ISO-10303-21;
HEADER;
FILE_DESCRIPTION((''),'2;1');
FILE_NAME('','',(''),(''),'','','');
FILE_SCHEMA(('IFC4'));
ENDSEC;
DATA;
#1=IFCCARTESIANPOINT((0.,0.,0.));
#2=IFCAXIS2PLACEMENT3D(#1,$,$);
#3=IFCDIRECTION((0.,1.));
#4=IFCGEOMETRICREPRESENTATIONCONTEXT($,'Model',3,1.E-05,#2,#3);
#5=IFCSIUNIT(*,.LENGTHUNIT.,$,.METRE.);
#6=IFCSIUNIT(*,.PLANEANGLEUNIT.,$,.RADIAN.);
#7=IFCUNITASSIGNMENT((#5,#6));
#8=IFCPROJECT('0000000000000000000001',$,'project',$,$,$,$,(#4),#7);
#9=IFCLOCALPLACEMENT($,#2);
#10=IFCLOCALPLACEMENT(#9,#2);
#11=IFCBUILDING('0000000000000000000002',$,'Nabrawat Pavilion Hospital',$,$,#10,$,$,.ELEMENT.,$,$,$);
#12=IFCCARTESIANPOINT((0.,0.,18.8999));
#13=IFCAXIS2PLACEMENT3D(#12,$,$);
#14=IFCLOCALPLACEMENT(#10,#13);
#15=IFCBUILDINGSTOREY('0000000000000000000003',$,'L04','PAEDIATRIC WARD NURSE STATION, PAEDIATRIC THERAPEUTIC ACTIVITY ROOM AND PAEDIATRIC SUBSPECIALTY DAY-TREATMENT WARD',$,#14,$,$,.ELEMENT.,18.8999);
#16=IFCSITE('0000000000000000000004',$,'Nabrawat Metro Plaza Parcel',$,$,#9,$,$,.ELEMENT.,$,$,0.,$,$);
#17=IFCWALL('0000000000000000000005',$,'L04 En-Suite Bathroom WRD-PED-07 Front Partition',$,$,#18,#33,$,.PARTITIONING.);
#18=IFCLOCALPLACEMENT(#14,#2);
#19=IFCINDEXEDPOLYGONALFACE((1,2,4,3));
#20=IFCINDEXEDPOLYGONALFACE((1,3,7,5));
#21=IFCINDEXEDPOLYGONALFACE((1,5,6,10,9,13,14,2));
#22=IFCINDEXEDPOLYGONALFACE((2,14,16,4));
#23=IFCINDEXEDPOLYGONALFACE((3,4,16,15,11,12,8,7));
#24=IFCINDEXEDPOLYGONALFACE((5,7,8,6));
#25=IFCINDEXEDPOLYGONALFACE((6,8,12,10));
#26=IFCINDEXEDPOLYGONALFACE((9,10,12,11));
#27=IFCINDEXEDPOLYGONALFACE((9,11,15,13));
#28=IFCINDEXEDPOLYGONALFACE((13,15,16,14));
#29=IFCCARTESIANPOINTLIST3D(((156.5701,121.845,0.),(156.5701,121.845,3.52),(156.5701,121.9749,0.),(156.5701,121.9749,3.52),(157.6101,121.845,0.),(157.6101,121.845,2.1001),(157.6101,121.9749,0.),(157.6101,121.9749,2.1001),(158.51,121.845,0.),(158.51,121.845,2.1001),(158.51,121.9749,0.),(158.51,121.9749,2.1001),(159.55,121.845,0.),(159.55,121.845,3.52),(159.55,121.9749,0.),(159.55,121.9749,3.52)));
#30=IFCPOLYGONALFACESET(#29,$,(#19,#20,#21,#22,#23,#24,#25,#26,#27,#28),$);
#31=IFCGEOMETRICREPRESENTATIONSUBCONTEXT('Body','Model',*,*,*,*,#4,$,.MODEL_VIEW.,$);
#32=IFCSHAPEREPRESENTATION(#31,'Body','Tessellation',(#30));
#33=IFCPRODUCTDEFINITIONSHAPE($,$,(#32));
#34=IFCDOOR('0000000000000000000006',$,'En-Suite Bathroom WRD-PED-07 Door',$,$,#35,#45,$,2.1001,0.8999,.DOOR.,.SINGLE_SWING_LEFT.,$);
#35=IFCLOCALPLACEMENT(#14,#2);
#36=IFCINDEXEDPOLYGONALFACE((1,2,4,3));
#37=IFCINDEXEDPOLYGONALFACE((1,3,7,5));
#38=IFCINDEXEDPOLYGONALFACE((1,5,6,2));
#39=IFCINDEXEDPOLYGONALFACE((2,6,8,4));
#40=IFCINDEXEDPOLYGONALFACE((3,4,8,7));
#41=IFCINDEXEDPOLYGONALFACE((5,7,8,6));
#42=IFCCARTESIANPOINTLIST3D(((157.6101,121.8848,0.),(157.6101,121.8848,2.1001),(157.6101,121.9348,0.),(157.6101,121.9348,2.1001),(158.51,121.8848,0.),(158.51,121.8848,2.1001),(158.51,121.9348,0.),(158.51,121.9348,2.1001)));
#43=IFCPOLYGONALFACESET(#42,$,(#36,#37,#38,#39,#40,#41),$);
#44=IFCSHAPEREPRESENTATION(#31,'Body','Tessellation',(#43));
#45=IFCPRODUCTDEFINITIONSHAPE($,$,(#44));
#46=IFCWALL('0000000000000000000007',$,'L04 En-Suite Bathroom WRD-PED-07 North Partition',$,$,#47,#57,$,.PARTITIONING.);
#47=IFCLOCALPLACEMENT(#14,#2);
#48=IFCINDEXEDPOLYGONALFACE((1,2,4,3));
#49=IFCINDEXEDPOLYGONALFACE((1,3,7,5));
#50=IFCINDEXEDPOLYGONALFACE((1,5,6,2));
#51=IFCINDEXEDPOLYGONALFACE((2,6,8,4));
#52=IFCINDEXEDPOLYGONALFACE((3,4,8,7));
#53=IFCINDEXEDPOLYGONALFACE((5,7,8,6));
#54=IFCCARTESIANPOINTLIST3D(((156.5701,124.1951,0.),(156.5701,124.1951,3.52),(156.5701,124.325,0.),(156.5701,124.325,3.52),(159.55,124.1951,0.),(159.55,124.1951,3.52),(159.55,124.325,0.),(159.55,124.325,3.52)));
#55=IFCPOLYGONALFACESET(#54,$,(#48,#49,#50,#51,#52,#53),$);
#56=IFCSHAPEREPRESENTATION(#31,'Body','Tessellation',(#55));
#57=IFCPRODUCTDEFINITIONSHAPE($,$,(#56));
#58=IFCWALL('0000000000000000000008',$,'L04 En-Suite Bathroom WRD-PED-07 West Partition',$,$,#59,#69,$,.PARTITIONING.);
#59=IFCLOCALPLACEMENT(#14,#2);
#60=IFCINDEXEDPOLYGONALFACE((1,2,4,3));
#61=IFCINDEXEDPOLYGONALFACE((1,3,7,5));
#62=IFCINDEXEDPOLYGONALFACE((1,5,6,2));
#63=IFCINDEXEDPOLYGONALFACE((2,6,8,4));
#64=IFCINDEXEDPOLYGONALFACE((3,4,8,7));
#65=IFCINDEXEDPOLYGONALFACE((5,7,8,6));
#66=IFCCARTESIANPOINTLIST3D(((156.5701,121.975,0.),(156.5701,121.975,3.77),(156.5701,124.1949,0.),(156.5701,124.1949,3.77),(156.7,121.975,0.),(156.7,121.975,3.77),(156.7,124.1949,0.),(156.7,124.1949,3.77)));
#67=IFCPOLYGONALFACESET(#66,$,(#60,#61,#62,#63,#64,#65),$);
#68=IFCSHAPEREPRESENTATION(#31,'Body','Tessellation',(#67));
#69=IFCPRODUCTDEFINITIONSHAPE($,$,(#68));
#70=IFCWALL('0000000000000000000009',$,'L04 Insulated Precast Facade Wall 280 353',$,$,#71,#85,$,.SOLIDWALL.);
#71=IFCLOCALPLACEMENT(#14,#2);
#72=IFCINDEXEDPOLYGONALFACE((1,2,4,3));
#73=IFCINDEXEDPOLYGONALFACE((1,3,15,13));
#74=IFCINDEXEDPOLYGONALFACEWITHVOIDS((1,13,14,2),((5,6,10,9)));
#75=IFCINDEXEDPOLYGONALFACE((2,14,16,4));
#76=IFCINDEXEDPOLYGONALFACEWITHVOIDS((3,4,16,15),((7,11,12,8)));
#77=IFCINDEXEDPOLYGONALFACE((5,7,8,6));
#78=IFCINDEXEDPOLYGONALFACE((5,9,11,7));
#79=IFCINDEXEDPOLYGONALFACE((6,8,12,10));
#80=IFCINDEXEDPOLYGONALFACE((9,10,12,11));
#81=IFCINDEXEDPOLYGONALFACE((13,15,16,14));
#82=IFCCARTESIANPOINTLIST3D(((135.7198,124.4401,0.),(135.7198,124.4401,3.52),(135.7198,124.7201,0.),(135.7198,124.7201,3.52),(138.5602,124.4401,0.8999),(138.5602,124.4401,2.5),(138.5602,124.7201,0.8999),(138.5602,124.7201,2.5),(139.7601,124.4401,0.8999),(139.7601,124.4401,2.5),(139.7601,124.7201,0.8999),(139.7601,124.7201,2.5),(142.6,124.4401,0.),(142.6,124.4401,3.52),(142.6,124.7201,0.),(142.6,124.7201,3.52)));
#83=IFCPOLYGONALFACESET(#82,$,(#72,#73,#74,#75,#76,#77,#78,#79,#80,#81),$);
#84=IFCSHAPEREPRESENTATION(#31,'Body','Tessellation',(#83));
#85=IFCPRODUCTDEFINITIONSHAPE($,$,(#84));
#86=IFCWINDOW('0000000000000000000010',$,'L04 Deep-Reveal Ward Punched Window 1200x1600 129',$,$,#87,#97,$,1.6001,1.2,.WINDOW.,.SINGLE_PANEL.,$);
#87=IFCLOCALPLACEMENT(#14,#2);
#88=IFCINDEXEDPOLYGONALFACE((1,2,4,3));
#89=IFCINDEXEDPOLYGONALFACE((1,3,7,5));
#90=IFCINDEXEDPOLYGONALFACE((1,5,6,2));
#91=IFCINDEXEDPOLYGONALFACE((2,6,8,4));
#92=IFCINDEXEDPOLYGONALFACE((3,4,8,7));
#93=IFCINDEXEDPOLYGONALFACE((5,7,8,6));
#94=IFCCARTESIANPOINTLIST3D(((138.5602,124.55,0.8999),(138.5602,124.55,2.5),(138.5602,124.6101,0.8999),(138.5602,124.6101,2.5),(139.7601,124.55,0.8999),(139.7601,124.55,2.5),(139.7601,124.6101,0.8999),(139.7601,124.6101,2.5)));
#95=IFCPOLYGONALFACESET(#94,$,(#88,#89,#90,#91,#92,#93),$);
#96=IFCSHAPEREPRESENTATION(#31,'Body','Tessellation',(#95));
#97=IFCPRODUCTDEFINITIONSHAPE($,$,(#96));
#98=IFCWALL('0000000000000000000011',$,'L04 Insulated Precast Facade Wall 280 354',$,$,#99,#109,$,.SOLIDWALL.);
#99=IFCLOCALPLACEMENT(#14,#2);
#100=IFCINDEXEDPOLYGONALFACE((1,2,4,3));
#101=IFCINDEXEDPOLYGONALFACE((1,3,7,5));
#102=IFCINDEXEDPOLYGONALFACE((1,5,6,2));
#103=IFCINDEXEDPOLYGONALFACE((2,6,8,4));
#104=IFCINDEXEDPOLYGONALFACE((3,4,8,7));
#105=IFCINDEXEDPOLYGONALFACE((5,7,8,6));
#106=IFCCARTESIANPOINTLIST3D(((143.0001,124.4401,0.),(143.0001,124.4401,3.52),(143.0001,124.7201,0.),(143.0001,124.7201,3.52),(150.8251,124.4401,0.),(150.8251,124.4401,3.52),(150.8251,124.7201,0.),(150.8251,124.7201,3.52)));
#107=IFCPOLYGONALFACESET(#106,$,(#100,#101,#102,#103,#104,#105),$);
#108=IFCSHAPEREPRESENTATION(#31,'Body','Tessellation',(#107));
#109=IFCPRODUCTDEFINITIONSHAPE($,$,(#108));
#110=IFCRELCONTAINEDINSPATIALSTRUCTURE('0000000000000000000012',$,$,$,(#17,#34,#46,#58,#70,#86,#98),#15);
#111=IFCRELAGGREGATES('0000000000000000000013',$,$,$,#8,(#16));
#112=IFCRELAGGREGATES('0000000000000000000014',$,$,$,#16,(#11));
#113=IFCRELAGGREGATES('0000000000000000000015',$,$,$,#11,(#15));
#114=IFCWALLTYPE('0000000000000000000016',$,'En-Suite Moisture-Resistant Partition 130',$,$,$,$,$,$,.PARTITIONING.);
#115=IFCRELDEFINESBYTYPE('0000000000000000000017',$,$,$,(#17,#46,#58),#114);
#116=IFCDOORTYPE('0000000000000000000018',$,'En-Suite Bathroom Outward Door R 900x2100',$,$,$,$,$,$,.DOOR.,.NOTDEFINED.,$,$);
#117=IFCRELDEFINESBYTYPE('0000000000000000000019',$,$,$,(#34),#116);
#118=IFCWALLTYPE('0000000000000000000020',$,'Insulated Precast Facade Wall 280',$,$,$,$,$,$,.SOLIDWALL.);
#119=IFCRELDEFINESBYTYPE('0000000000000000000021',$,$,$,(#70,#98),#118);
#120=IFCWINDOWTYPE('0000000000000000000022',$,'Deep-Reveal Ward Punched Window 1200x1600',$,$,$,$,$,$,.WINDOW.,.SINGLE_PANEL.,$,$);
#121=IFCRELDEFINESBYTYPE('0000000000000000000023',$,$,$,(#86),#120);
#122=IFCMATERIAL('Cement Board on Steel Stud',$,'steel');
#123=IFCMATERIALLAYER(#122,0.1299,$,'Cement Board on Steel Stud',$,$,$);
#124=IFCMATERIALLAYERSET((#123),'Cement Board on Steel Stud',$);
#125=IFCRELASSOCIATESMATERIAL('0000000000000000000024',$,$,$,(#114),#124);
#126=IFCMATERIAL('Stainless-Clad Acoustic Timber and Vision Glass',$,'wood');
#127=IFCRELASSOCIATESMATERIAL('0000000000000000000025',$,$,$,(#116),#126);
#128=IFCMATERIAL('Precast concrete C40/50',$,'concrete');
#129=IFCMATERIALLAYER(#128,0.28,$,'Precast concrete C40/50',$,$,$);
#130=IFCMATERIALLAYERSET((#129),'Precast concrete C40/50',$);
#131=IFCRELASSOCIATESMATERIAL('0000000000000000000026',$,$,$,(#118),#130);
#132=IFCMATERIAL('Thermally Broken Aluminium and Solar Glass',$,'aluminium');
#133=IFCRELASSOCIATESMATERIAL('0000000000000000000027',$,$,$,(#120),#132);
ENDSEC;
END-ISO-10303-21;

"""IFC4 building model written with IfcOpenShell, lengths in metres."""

from ifc_helpers import new_model, si_unit, direction, frame, frame_2d, origin, place, context, subcontext, project, spatial, rectangle, extrude, material, layer, layer_set, type_object, element, fill, save


model = new_model("IFC4")

# Units and contexts
model_context = context("Model", 3, precision=1e-05, world=origin(), true_north=direction((0.0, 1.0)))
body_context = subcontext(model_context, "Body", "Model", "MODEL_VIEW")
ifc_project = project(units=[si_unit("LENGTHUNIT", "METRE"), si_unit("PLANEANGLEUNIT", "RADIAN")], contexts=[model_context])

# Site, building, storey
site_placement = place(None, origin())
site = spatial("IfcSite", under=ifc_project, at=site_placement, Name="Nabrawat Metro Plaza Parcel", CompositionType="ELEMENT", RefElevation=0.0)
building_placement = place(site_placement, origin())
building = spatial("IfcBuilding", under=site, at=building_placement, Name="Nabrawat Pavilion Hospital", CompositionType="ELEMENT")
storey_placement = place(building_placement, frame((0.0, 0.0, 18.8999)))
storey = spatial("IfcBuildingStorey", under=building, at=storey_placement, Name="L04", Description="PAEDIATRIC WARD NURSE STATION, PAEDIATRIC THERAPEUTIC ACTIVITY ROOM AND PAEDIATRIC SUBSPECIALTY DAY-TREATMENT WARD", CompositionType="ELEMENT", Elevation=18.8999)

# Wall, opening, door
ifc_material_1 = material(Name="Cement Board on Steel Stud", Category="steel")
ifc_layer_1 = layer(ifc_material_1, 0.1299, Name="Cement Board on Steel Stud")
ifc_layer_set_1 = layer_set([ifc_layer_1], Name="Cement Board on Steel Stud")
wall_type_1 = type_object("IfcWallType", Name="En-Suite Moisture-Resistant Partition 130", PredefinedType="PARTITIONING", material=ifc_layer_set_1)
wall_1_placement = place(storey_placement, frame((156.5701, 121.9099, 0.0), z_axis=(0.0, 0.0, 1.0), x_axis=(1.0, 0.0, 0.0)))
wall_1 = element("IfcWall", 1, at=wall_1_placement, inside=storey, type_object=wall_type_1, Name="L04 En-Suite Bathroom WRD-PED-07 Front Partition", PredefinedType="PARTITIONING", context=body_context, shape_type="SweptSolid", body=[
    extrude(rectangle(XDim=2.98, YDim=0.1299, at=frame_2d((1.49, 0.0))), origin(), (0.0, 0.0, 1.0), 3.52),
])
opening_1_placement = place(wall_1_placement, frame((1.04, 0.0, 0.0)))
opening_1 = element("IfcOpeningElement", 2, at=opening_1_placement, cuts=wall_1, PredefinedType="OPENING", context=body_context, shape_type="SweptSolid", body=[
    extrude(rectangle(XDim=0.8999, YDim=2.1001, at=frame_2d((0.45, 1.05))), frame((0.0, 0.075, 0.0), z_axis=(0.0, -1.0, 0.0), x_axis=(1.0, 0.0, 0.0)), (0.0, 0.0, 1.0), 0.1499),
])
ifc_material_2 = material(Name="Stainless-Clad Acoustic Timber and Vision Glass", Category="wood")
door_type = type_object("IfcDoorType", Name="En-Suite Bathroom Outward Door R 900x2100", OperationType="NOTDEFINED", PredefinedType="DOOR", material=ifc_material_2)
door_placement = place(opening_1_placement, origin())
door = element("IfcDoor", 3, at=door_placement, inside=storey, type_object=door_type, Name="En-Suite Bathroom WRD-PED-07 Door", OperationType="SINGLE_SWING_LEFT", OverallHeight=2.1001, OverallWidth=0.8999, PredefinedType="DOOR", context=body_context, shape_type="SweptSolid", body=[
    extrude(rectangle(XDim=0.8999, YDim=2.1001, at=frame_2d((0.45, 1.05))), frame((0.0, 0.0249, 0.0), z_axis=(0.0, -1.0, 0.0), x_axis=(1.0, 0.0, 0.0)), (0.0, 0.0, 1.0), 0.05),
])
fill(opening_1, door)

# Walls
wall_2_placement = place(storey_placement, frame((156.5701, 124.26, 0.0), z_axis=(0.0, 0.0, 1.0), x_axis=(1.0, 0.0, 0.0)))
element("IfcWall", 4, at=wall_2_placement, inside=storey, type_object=wall_type_1, Name="L04 En-Suite Bathroom WRD-PED-07 North Partition", PredefinedType="PARTITIONING", context=body_context, shape_type="SweptSolid", body=[
    extrude(rectangle(XDim=2.98, YDim=0.1299, at=frame_2d((1.49, 0.0))), origin(), (0.0, 0.0, 1.0), 3.52),
])
wall_3_placement = place(storey_placement, frame((156.635, 121.9751, 0.0), z_axis=(0.0, 0.0, 1.0), x_axis=(0.0, 1.0, 0.0)))
element("IfcWall", 5, at=wall_3_placement, inside=storey, type_object=wall_type_1, Name="L04 En-Suite Bathroom WRD-PED-07 West Partition", PredefinedType="PARTITIONING", context=body_context, shape_type="SweptSolid", body=[
    extrude(rectangle(XDim=2.22, YDim=0.1299, at=frame_2d((1.1099, 0.0))), origin(), (0.0, 0.0, 1.0), 3.77),
])

# Wall, opening, window
ifc_material_3 = material(Name="Precast concrete C40/50", Category="concrete")
ifc_layer_2 = layer(ifc_material_3, 0.28, Name="Precast concrete C40/50")
ifc_layer_set_2 = layer_set([ifc_layer_2], Name="Precast concrete C40/50")
wall_type_2 = type_object("IfcWallType", Name="Insulated Precast Facade Wall 280", PredefinedType="SOLIDWALL", material=ifc_layer_set_2)
wall_4_placement = place(storey_placement, frame((135.72, 124.5801, 0.0), z_axis=(0.0, 0.0, 1.0), x_axis=(1.0, 0.0, 0.0)))
wall_4 = element("IfcWall", 6, at=wall_4_placement, inside=storey, type_object=wall_type_2, Name="L04 Insulated Precast Facade Wall 280 353", PredefinedType="SOLIDWALL", context=body_context, shape_type="SweptSolid", body=[
    extrude(rectangle(XDim=6.8801, YDim=0.28, at=frame_2d((3.4399, 0.0))), origin(), (0.0, 0.0, 1.0), 3.52),
])
opening_2_placement = place(wall_4_placement, frame((2.8401, 0.0, 0.8999)))
opening_2 = element("IfcOpeningElement", 7, at=opening_2_placement, cuts=wall_4, PredefinedType="OPENING", context=body_context, shape_type="SweptSolid", body=[
    extrude(rectangle(XDim=1.2, YDim=1.6001, at=frame_2d((0.6001, 0.8))), frame((0.0, 0.1499, 0.0), z_axis=(0.0, -1.0, 0.0), x_axis=(1.0, 0.0, 0.0)), (0.0, 0.0, 1.0), 0.3),
])
ifc_material_4 = material(Name="Thermally Broken Aluminium and Solar Glass", Category="aluminium")
window_type = type_object("IfcWindowType", Name="Deep-Reveal Ward Punched Window 1200x1600", PartitioningType="SINGLE_PANEL", PredefinedType="WINDOW", material=ifc_material_4)
window_placement = place(opening_2_placement, origin())
window = element("IfcWindow", 8, at=window_placement, inside=storey, type_object=window_type, Name="L04 Deep-Reveal Ward Punched Window 1200x1600 129", OverallHeight=1.6001, OverallWidth=1.2, PartitioningType="SINGLE_PANEL", PredefinedType="WINDOW", context=body_context, shape_type="SweptSolid", body=[
    extrude(rectangle(XDim=1.2, YDim=1.6001, at=frame_2d((0.6001, 0.8))), frame((0.0, 0.03, 0.0), z_axis=(0.0, -1.0, 0.0), x_axis=(1.0, 0.0, 0.0)), (0.0, 0.0, 1.0), 0.0601),
])
fill(opening_2, window)

# Wall
wall_5_placement = place(storey_placement, frame((143.0, 124.5801, 0.0), z_axis=(0.0, 0.0, 1.0), x_axis=(1.0, 0.0, 0.0)))
element("IfcWall", 9, at=wall_5_placement, inside=storey, type_object=wall_type_2, Name="L04 Insulated Precast Facade Wall 280 354", PredefinedType="SOLIDWALL", context=body_context, shape_type="SweptSolid", body=[
    extrude(rectangle(XDim=7.825, YDim=0.28, at=frame_2d((3.9126, 0.0))), origin(), (0.0, 0.0, 1.0), 3.52),
])

save(model, "model.ifc")
